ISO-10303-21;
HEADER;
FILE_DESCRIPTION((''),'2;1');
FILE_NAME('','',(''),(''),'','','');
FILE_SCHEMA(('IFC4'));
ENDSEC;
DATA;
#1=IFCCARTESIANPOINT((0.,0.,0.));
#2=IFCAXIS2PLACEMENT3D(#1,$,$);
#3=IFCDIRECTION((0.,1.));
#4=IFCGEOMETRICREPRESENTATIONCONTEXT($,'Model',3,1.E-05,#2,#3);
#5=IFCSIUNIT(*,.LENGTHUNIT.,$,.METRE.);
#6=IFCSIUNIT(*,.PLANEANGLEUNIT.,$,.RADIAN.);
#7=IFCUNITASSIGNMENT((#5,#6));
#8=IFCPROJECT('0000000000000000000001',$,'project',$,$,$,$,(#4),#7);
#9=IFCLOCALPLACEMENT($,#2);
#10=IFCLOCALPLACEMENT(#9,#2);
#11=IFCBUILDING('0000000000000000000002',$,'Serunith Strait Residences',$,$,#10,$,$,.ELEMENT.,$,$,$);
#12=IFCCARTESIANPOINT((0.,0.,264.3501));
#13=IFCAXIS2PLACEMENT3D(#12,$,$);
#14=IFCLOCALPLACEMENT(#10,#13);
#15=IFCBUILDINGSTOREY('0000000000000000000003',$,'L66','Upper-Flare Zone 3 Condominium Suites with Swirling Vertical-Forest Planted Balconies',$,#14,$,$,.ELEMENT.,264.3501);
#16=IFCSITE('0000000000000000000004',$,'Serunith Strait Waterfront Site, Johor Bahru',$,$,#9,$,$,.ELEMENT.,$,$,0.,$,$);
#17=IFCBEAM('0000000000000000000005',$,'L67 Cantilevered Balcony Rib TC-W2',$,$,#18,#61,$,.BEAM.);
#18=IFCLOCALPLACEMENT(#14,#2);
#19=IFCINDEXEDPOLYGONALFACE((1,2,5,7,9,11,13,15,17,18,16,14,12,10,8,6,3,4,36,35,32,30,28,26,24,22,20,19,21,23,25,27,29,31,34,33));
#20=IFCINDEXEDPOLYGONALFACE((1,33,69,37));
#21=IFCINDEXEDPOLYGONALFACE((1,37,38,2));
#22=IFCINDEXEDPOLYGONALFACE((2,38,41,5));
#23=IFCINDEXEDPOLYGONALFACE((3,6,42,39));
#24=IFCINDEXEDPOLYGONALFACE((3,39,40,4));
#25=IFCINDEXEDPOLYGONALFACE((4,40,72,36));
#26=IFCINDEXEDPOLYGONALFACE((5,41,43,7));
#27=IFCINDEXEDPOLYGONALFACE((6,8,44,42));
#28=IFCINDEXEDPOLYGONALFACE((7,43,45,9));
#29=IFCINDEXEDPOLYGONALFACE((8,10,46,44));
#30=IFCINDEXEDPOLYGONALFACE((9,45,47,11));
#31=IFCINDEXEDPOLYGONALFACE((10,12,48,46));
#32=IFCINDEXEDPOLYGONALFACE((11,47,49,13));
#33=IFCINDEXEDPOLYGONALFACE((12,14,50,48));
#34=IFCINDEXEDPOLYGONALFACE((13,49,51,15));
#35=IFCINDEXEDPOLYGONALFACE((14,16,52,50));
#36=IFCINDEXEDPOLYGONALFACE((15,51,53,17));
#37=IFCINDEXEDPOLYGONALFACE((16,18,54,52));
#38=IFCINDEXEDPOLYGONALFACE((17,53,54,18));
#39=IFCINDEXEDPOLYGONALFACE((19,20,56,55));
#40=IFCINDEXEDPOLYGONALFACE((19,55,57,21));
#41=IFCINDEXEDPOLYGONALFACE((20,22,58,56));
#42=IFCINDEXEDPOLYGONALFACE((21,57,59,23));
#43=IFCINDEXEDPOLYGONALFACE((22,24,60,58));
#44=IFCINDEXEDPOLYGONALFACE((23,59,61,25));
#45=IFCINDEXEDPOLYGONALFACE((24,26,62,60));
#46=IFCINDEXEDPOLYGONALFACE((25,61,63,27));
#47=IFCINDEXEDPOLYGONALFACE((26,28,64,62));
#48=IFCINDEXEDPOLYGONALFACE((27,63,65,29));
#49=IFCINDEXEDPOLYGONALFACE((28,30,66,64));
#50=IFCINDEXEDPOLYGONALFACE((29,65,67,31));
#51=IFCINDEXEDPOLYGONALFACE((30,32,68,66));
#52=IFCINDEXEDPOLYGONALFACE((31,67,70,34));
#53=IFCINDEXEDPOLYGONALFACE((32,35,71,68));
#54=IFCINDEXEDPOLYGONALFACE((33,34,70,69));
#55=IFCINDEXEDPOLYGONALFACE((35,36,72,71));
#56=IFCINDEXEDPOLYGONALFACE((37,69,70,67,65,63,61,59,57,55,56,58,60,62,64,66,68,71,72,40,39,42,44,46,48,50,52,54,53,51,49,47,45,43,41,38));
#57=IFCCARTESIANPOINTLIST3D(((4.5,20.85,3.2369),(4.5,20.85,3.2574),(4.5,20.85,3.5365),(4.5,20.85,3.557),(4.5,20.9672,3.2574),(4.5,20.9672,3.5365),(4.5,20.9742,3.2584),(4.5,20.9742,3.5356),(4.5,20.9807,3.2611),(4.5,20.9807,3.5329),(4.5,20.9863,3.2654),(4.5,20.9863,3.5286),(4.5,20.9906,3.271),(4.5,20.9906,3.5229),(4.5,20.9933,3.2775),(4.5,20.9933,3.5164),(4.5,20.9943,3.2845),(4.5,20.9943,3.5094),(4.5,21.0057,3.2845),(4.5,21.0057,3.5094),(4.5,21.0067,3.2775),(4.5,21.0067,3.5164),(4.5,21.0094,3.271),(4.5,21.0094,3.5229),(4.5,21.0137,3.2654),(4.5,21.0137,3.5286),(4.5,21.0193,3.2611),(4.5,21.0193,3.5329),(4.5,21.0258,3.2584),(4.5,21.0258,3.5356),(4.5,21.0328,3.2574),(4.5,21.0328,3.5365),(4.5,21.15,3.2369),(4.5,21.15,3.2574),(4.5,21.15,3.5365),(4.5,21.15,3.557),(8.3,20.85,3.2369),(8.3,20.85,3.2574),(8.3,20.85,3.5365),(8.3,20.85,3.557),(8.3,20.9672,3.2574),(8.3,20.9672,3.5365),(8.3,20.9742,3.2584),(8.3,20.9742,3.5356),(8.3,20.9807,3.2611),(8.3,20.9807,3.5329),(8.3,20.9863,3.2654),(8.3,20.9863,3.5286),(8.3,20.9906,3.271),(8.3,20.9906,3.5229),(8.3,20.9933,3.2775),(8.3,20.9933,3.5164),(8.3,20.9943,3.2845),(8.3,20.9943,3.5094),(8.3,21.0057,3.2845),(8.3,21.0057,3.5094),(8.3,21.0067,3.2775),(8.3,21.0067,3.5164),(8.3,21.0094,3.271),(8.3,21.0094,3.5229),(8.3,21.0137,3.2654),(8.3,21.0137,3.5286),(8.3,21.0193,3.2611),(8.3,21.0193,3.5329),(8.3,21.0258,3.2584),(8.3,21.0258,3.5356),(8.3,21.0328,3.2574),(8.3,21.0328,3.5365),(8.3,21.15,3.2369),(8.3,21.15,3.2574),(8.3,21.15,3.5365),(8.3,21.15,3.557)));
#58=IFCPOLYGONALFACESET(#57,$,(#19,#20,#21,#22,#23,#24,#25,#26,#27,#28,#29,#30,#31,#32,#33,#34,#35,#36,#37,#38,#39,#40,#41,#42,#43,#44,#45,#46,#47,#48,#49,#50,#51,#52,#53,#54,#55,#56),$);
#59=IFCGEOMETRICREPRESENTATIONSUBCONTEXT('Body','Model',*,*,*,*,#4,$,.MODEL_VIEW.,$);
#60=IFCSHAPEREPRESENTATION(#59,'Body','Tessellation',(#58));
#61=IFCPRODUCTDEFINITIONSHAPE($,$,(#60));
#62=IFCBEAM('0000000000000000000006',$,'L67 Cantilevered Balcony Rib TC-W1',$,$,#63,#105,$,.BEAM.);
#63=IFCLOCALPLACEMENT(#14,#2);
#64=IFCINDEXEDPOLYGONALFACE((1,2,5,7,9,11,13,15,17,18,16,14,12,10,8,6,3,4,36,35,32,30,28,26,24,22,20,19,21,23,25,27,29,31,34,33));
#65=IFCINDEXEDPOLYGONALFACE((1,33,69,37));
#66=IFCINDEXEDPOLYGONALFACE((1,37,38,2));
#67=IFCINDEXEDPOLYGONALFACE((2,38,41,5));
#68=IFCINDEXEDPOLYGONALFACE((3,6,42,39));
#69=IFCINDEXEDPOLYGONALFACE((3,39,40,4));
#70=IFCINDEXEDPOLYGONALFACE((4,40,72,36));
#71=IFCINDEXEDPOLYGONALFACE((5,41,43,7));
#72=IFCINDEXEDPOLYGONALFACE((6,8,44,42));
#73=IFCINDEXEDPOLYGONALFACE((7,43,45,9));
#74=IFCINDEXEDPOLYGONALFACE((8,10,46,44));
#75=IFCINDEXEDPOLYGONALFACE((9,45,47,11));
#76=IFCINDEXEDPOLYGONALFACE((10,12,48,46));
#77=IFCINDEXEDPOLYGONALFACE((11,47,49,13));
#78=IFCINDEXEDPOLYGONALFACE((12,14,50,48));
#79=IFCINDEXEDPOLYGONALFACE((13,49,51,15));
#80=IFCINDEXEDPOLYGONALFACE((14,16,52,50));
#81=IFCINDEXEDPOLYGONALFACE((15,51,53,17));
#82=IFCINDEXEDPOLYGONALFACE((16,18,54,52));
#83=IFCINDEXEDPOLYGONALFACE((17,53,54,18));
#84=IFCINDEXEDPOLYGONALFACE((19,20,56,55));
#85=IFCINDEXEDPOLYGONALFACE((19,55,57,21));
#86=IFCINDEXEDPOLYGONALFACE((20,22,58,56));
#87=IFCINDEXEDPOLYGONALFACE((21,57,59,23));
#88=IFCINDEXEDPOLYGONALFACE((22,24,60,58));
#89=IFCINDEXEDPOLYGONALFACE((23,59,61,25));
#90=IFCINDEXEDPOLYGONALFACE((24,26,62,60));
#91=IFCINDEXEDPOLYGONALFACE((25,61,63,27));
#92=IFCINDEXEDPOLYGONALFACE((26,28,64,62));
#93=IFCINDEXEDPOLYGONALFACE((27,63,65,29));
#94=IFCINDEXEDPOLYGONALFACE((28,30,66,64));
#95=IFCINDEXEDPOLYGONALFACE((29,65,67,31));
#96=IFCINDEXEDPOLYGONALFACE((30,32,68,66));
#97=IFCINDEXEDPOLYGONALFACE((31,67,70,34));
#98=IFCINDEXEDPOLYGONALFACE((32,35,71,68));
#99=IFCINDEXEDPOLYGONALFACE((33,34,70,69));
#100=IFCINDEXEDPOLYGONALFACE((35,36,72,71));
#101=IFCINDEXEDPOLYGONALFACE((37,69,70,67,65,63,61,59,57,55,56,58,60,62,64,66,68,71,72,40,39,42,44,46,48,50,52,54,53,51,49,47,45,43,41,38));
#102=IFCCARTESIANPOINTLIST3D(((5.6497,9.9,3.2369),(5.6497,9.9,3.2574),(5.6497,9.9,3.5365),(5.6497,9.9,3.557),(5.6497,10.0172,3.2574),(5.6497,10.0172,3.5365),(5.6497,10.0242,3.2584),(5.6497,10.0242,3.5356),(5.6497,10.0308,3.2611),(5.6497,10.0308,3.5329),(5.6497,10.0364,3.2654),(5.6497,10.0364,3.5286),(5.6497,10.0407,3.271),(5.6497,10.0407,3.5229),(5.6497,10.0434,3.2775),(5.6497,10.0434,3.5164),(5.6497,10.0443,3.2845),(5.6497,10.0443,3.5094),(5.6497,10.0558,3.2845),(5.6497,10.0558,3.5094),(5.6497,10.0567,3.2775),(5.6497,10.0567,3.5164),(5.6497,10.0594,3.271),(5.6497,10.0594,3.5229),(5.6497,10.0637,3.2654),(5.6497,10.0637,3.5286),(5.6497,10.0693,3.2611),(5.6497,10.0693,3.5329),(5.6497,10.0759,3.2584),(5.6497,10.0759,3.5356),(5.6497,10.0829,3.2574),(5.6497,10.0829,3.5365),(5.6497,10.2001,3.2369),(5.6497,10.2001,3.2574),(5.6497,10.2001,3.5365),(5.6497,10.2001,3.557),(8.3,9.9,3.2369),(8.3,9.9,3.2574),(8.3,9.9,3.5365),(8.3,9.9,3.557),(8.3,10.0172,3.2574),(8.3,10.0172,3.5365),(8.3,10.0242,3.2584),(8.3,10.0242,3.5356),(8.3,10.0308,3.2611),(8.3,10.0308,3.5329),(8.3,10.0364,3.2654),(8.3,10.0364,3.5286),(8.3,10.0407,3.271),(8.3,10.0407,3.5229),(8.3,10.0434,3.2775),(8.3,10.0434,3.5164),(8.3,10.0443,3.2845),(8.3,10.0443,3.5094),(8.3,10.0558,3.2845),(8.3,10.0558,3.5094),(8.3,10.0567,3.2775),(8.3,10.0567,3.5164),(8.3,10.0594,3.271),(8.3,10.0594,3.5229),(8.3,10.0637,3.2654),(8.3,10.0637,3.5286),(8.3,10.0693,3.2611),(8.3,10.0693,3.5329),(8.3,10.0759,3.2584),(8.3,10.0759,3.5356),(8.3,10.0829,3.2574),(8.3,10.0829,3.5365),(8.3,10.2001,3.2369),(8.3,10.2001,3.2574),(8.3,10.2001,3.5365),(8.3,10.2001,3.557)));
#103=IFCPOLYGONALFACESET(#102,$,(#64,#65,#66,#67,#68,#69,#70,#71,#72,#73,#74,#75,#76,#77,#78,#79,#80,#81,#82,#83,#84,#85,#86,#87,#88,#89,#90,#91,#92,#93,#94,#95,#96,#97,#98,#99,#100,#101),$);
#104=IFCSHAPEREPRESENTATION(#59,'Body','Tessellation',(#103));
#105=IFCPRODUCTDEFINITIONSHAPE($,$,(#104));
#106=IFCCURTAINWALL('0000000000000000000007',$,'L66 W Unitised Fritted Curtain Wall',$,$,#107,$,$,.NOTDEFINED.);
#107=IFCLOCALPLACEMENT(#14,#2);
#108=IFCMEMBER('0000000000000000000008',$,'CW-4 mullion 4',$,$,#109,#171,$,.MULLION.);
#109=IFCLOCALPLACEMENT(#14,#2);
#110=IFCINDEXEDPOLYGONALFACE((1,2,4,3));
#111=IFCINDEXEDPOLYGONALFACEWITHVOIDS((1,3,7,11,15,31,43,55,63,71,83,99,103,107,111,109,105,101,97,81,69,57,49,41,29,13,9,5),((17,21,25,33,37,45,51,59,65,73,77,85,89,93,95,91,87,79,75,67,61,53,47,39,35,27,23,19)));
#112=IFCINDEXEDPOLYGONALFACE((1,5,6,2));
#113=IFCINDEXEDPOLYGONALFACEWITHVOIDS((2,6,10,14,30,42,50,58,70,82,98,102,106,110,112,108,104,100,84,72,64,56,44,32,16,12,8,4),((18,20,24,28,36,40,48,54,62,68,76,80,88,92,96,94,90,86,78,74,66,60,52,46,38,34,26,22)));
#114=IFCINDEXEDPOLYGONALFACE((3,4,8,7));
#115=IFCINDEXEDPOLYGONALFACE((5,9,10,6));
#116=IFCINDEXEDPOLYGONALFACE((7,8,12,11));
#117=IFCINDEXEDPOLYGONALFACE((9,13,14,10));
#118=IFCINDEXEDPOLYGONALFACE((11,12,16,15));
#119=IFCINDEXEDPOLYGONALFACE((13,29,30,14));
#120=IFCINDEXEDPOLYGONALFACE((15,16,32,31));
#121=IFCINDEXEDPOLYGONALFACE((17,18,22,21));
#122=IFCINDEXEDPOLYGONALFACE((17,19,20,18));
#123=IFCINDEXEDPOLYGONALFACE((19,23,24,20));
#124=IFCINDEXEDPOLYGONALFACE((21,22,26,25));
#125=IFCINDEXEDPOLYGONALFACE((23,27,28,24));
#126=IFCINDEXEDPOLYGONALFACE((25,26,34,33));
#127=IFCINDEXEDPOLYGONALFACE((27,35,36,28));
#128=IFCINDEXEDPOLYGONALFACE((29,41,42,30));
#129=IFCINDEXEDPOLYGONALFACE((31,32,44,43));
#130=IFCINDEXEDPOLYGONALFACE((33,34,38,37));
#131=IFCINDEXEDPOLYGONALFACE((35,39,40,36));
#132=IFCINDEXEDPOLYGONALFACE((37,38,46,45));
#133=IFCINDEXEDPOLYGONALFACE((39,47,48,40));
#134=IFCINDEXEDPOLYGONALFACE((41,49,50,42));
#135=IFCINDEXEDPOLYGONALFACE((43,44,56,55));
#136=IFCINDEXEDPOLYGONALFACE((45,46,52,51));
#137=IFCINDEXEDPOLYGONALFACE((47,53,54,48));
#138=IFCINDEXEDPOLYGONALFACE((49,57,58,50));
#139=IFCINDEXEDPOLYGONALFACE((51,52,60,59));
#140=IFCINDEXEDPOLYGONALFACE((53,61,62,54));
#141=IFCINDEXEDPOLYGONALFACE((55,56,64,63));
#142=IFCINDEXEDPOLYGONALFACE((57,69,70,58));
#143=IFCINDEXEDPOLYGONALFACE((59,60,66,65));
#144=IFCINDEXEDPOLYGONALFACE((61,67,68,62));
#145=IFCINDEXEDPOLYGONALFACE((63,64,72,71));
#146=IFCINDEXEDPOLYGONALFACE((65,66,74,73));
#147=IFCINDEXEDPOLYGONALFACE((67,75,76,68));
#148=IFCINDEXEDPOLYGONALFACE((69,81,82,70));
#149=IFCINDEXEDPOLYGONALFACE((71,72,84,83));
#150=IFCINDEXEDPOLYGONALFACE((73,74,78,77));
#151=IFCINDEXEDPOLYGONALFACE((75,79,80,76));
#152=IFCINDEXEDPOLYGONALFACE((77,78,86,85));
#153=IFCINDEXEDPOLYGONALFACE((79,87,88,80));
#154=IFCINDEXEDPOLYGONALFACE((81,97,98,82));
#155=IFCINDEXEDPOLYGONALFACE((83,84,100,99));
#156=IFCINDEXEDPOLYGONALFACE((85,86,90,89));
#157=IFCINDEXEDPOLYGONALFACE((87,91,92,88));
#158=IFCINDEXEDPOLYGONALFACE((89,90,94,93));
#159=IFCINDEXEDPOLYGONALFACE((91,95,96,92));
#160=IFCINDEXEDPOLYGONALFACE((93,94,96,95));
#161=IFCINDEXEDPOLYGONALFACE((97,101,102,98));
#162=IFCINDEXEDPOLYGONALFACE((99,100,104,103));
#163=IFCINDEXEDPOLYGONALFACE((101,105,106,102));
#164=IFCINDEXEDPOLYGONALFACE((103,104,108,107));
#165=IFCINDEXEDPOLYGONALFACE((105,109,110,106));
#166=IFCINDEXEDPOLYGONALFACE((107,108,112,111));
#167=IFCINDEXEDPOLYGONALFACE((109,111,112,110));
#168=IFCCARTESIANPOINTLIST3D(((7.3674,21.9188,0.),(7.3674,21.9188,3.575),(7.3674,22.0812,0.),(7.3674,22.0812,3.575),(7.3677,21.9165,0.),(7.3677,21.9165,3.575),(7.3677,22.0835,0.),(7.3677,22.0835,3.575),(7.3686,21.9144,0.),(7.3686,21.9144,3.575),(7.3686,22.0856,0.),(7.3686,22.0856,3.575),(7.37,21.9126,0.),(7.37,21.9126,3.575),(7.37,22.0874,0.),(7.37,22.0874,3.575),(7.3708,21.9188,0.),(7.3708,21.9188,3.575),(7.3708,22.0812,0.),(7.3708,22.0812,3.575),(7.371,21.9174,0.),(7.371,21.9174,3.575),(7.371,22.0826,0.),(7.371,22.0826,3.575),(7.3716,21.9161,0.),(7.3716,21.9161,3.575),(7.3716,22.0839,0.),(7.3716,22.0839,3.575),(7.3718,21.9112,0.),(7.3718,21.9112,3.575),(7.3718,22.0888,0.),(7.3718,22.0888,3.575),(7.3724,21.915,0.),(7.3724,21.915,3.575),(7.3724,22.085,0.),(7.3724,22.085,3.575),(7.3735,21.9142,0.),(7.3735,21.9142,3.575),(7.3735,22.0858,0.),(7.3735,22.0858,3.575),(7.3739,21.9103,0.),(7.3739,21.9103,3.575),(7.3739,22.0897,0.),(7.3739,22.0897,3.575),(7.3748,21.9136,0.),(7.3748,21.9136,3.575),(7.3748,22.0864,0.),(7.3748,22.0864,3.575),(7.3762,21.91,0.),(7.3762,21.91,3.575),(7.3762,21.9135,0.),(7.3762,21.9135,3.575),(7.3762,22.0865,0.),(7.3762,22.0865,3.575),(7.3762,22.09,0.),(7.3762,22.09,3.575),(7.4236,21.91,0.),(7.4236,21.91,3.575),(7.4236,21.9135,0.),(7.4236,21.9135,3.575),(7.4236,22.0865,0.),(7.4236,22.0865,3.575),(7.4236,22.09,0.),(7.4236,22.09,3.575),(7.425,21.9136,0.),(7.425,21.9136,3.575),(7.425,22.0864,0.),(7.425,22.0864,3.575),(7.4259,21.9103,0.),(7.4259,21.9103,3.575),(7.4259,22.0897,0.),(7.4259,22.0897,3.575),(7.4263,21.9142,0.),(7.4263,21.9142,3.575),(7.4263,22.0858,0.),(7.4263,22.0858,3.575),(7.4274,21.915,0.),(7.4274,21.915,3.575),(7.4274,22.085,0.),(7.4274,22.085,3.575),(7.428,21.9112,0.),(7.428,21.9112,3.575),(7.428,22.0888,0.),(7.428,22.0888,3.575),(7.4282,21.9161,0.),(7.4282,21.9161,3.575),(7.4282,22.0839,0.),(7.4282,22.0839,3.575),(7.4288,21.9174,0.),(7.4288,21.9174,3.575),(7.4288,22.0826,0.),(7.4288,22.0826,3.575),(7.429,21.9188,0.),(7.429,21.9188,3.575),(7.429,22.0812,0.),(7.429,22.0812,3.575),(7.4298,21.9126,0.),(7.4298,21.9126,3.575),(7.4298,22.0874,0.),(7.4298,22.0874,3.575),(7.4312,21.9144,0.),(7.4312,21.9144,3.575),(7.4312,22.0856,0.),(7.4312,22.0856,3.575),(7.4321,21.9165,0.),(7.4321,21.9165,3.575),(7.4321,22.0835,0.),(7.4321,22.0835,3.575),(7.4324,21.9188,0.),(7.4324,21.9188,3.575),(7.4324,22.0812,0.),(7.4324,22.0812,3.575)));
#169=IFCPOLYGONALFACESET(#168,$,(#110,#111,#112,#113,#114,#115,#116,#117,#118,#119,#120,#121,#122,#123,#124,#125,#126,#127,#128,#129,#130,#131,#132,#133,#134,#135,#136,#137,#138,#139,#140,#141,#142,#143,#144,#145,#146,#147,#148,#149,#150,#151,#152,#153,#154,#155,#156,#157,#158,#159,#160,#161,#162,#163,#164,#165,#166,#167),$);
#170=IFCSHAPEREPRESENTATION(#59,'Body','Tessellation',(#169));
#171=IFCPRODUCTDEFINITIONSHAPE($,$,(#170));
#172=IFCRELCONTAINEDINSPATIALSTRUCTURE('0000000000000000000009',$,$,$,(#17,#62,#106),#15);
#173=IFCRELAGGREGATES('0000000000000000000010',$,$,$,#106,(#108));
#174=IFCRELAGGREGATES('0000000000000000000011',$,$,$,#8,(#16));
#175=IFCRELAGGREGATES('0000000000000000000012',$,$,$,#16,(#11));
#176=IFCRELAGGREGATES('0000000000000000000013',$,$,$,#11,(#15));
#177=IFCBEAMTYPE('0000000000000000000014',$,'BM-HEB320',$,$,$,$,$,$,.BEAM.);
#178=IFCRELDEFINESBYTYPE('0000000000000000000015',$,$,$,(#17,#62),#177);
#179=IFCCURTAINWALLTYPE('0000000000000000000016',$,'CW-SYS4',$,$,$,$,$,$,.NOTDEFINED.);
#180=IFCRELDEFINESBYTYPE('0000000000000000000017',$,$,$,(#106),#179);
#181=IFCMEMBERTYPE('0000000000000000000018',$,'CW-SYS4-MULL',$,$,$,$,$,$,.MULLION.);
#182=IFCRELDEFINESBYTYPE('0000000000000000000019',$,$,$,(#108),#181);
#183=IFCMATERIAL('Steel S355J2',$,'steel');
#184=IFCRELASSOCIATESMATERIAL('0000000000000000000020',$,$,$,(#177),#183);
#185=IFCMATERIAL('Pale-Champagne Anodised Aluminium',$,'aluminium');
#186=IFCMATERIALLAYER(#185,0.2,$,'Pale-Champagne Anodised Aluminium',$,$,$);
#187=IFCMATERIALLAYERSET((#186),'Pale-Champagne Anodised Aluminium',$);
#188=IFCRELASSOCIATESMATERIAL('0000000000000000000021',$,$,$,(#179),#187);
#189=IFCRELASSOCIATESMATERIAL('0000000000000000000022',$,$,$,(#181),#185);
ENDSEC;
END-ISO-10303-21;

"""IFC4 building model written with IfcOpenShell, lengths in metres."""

from ifc_helpers import new_model, si_unit, direction, frame, origin, origin_2d, place, context, subcontext, project, spatial, hollow_rectangle, i_section, extrude, source, transform, mapped, material, layer, layer_set, material_profile, profile_set, type_object, element, aggregate, save


model = new_model("IFC4")

# Units and contexts
model_context = context("Model", 3, precision=1e-05, world=origin(), true_north=direction((0.0, 1.0)))
body_context = subcontext(model_context, "Body", "Model", "MODEL_VIEW")
ifc_project = project(units=[si_unit("LENGTHUNIT", "METRE"), si_unit("PLANEANGLEUNIT", "RADIAN")], contexts=[model_context])

# Site, building, storey
site_placement = place(None, origin())
site = spatial("IfcSite", under=ifc_project, at=site_placement, Name="Serunith Strait Waterfront Site, Johor Bahru", CompositionType="ELEMENT", RefElevation=0.0)
building_placement = place(site_placement, origin())
building = spatial("IfcBuilding", under=site, at=building_placement, Name="Serunith Strait Residences", CompositionType="ELEMENT")
storey_placement = place(building_placement, frame((0.0, 0.0, 264.3501)))
storey = spatial("IfcBuildingStorey", under=building, at=storey_placement, Name="L66", Description="Upper-Flare Zone 3 Condominium Suites with Swirling Vertical-Forest Planted Balconies", CompositionType="ELEMENT", Elevation=264.3501)

# Beams
ifc_material_1 = material(Name="Steel S355J2", Category="steel")
ifc_material_profile_1 = material_profile(ifc_material_1, i_section(OverallWidth=0.3, OverallDepth=0.3201, WebThickness=0.0115, FlangeThickness=0.0205, FilletRadius=0.0271, at=origin_2d()), Name="HEB 320")
ifc_profile_set_1 = profile_set([ifc_material_profile_1], Name="Steel S355J2")
beam_type_1 = type_object("IfcBeamType", Name="BM-HEB320", PredefinedType="BEAM", material=ifc_profile_set_1)
shared_shape_1 = source(origin(), body_context, "Body", "SweptSolid", [
    extrude(i_section(OverallWidth=0.3, OverallDepth=0.3201, WebThickness=0.0115, FlangeThickness=0.0205, FilletRadius=0.0271, at=origin_2d()), origin(), (0.0, 0.0, 1.0), 3.8),
])
beam_1_placement = place(storey_placement, frame((8.3, 21.0, 3.397), z_axis=(-1.0, 0.0, 0.0), x_axis=(0.0, -1.0, 0.0)))
element("IfcBeam", 1, at=beam_1_placement, inside=storey, type_object=beam_type_1, Name="L67 Cantilevered Balcony Rib TC-W2", PredefinedType="BEAM", context=body_context, shape_type="MappedRepresentation", body=[
    mapped(shared_shape_1, transform((0.0, 0.0, 0.0), scale=1.0)),
])
shared_shape_2 = source(origin(), body_context, "Body", "SweptSolid", [
    extrude(i_section(OverallWidth=0.3, OverallDepth=0.3201, WebThickness=0.0115, FlangeThickness=0.0205, FilletRadius=0.0271, at=origin_2d()), origin(), (0.0, 0.0, 1.0), 2.6504),
])
beam_2_placement = place(storey_placement, frame((8.3, 10.05, 3.397), z_axis=(-1.0, 0.0, 0.0), x_axis=(0.0, -1.0, 0.0)))
element("IfcBeam", 2, at=beam_2_placement, inside=storey, type_object=beam_type_1, Name="L67 Cantilevered Balcony Rib TC-W1", PredefinedType="BEAM", context=body_context, shape_type="MappedRepresentation", body=[
    mapped(shared_shape_2, transform((0.0, 0.0, 0.0), scale=1.0)),
])

# Curtain wall, member
ifc_material_2 = material(Name="Pale-Champagne Anodised Aluminium", Category="aluminium")
ifc_layer_1 = layer(ifc_material_2, 0.2, Name="Pale-Champagne Anodised Aluminium")
ifc_layer_set_1 = layer_set([ifc_layer_1], Name="Pale-Champagne Anodised Aluminium")
curtain_wall_type = type_object("IfcCurtainWallType", Name="CW-SYS4", PredefinedType="NOTDEFINED", material=ifc_layer_set_1)
curtain_wall_placement = place(storey_placement, origin())
curtain_wall = element("IfcCurtainWall", 3, at=curtain_wall_placement, inside=storey, type_object=curtain_wall_type, Name="L66 W Unitised Fritted Curtain Wall", PredefinedType="NOTDEFINED")
ifc_material_profile_2 = material_profile(ifc_material_2, hollow_rectangle(XDim=0.0649, YDim=0.1799, WallThickness=0.0034, InnerFilletRadius=0.0054, OuterFilletRadius=0.0088, at=origin_2d()), Name="ALU 180x65x3.5")
ifc_profile_set_2 = profile_set([ifc_material_profile_2], Name="Pale-Champagne Anodised Aluminium")
member_type_1 = type_object("IfcMemberType", Name="CW-SYS4-MULL", PredefinedType="MULLION", material=ifc_profile_set_2)
shared_shape_3 = source(origin(), body_context, "Body", "SweptSolid", [
    extrude(hollow_rectangle(XDim=0.0649, YDim=0.1799, WallThickness=0.0034, InnerFilletRadius=0.0054, OuterFilletRadius=0.0088, at=origin_2d()), origin(), (0.0, 0.0, 1.0), 3.575),
])
member_1_placement = place(storey_placement, frame((7.3999, 22.0, 0.0), z_axis=(0.0, 0.0, 1.0), x_axis=(1.0, 0.0, 0.0)))
member_1 = element("IfcMember", 4, at=member_1_placement, type_object=member_type_1, Name="CW-4 mullion 4", PredefinedType="MULLION", context=body_context, shape_type="MappedRepresentation", body=[
    mapped(shared_shape_3, transform((0.0, 0.0, 0.0), scale=1.0)),
])
aggregate(curtain_wall, [member_1])

save(model, "model.ifc")
